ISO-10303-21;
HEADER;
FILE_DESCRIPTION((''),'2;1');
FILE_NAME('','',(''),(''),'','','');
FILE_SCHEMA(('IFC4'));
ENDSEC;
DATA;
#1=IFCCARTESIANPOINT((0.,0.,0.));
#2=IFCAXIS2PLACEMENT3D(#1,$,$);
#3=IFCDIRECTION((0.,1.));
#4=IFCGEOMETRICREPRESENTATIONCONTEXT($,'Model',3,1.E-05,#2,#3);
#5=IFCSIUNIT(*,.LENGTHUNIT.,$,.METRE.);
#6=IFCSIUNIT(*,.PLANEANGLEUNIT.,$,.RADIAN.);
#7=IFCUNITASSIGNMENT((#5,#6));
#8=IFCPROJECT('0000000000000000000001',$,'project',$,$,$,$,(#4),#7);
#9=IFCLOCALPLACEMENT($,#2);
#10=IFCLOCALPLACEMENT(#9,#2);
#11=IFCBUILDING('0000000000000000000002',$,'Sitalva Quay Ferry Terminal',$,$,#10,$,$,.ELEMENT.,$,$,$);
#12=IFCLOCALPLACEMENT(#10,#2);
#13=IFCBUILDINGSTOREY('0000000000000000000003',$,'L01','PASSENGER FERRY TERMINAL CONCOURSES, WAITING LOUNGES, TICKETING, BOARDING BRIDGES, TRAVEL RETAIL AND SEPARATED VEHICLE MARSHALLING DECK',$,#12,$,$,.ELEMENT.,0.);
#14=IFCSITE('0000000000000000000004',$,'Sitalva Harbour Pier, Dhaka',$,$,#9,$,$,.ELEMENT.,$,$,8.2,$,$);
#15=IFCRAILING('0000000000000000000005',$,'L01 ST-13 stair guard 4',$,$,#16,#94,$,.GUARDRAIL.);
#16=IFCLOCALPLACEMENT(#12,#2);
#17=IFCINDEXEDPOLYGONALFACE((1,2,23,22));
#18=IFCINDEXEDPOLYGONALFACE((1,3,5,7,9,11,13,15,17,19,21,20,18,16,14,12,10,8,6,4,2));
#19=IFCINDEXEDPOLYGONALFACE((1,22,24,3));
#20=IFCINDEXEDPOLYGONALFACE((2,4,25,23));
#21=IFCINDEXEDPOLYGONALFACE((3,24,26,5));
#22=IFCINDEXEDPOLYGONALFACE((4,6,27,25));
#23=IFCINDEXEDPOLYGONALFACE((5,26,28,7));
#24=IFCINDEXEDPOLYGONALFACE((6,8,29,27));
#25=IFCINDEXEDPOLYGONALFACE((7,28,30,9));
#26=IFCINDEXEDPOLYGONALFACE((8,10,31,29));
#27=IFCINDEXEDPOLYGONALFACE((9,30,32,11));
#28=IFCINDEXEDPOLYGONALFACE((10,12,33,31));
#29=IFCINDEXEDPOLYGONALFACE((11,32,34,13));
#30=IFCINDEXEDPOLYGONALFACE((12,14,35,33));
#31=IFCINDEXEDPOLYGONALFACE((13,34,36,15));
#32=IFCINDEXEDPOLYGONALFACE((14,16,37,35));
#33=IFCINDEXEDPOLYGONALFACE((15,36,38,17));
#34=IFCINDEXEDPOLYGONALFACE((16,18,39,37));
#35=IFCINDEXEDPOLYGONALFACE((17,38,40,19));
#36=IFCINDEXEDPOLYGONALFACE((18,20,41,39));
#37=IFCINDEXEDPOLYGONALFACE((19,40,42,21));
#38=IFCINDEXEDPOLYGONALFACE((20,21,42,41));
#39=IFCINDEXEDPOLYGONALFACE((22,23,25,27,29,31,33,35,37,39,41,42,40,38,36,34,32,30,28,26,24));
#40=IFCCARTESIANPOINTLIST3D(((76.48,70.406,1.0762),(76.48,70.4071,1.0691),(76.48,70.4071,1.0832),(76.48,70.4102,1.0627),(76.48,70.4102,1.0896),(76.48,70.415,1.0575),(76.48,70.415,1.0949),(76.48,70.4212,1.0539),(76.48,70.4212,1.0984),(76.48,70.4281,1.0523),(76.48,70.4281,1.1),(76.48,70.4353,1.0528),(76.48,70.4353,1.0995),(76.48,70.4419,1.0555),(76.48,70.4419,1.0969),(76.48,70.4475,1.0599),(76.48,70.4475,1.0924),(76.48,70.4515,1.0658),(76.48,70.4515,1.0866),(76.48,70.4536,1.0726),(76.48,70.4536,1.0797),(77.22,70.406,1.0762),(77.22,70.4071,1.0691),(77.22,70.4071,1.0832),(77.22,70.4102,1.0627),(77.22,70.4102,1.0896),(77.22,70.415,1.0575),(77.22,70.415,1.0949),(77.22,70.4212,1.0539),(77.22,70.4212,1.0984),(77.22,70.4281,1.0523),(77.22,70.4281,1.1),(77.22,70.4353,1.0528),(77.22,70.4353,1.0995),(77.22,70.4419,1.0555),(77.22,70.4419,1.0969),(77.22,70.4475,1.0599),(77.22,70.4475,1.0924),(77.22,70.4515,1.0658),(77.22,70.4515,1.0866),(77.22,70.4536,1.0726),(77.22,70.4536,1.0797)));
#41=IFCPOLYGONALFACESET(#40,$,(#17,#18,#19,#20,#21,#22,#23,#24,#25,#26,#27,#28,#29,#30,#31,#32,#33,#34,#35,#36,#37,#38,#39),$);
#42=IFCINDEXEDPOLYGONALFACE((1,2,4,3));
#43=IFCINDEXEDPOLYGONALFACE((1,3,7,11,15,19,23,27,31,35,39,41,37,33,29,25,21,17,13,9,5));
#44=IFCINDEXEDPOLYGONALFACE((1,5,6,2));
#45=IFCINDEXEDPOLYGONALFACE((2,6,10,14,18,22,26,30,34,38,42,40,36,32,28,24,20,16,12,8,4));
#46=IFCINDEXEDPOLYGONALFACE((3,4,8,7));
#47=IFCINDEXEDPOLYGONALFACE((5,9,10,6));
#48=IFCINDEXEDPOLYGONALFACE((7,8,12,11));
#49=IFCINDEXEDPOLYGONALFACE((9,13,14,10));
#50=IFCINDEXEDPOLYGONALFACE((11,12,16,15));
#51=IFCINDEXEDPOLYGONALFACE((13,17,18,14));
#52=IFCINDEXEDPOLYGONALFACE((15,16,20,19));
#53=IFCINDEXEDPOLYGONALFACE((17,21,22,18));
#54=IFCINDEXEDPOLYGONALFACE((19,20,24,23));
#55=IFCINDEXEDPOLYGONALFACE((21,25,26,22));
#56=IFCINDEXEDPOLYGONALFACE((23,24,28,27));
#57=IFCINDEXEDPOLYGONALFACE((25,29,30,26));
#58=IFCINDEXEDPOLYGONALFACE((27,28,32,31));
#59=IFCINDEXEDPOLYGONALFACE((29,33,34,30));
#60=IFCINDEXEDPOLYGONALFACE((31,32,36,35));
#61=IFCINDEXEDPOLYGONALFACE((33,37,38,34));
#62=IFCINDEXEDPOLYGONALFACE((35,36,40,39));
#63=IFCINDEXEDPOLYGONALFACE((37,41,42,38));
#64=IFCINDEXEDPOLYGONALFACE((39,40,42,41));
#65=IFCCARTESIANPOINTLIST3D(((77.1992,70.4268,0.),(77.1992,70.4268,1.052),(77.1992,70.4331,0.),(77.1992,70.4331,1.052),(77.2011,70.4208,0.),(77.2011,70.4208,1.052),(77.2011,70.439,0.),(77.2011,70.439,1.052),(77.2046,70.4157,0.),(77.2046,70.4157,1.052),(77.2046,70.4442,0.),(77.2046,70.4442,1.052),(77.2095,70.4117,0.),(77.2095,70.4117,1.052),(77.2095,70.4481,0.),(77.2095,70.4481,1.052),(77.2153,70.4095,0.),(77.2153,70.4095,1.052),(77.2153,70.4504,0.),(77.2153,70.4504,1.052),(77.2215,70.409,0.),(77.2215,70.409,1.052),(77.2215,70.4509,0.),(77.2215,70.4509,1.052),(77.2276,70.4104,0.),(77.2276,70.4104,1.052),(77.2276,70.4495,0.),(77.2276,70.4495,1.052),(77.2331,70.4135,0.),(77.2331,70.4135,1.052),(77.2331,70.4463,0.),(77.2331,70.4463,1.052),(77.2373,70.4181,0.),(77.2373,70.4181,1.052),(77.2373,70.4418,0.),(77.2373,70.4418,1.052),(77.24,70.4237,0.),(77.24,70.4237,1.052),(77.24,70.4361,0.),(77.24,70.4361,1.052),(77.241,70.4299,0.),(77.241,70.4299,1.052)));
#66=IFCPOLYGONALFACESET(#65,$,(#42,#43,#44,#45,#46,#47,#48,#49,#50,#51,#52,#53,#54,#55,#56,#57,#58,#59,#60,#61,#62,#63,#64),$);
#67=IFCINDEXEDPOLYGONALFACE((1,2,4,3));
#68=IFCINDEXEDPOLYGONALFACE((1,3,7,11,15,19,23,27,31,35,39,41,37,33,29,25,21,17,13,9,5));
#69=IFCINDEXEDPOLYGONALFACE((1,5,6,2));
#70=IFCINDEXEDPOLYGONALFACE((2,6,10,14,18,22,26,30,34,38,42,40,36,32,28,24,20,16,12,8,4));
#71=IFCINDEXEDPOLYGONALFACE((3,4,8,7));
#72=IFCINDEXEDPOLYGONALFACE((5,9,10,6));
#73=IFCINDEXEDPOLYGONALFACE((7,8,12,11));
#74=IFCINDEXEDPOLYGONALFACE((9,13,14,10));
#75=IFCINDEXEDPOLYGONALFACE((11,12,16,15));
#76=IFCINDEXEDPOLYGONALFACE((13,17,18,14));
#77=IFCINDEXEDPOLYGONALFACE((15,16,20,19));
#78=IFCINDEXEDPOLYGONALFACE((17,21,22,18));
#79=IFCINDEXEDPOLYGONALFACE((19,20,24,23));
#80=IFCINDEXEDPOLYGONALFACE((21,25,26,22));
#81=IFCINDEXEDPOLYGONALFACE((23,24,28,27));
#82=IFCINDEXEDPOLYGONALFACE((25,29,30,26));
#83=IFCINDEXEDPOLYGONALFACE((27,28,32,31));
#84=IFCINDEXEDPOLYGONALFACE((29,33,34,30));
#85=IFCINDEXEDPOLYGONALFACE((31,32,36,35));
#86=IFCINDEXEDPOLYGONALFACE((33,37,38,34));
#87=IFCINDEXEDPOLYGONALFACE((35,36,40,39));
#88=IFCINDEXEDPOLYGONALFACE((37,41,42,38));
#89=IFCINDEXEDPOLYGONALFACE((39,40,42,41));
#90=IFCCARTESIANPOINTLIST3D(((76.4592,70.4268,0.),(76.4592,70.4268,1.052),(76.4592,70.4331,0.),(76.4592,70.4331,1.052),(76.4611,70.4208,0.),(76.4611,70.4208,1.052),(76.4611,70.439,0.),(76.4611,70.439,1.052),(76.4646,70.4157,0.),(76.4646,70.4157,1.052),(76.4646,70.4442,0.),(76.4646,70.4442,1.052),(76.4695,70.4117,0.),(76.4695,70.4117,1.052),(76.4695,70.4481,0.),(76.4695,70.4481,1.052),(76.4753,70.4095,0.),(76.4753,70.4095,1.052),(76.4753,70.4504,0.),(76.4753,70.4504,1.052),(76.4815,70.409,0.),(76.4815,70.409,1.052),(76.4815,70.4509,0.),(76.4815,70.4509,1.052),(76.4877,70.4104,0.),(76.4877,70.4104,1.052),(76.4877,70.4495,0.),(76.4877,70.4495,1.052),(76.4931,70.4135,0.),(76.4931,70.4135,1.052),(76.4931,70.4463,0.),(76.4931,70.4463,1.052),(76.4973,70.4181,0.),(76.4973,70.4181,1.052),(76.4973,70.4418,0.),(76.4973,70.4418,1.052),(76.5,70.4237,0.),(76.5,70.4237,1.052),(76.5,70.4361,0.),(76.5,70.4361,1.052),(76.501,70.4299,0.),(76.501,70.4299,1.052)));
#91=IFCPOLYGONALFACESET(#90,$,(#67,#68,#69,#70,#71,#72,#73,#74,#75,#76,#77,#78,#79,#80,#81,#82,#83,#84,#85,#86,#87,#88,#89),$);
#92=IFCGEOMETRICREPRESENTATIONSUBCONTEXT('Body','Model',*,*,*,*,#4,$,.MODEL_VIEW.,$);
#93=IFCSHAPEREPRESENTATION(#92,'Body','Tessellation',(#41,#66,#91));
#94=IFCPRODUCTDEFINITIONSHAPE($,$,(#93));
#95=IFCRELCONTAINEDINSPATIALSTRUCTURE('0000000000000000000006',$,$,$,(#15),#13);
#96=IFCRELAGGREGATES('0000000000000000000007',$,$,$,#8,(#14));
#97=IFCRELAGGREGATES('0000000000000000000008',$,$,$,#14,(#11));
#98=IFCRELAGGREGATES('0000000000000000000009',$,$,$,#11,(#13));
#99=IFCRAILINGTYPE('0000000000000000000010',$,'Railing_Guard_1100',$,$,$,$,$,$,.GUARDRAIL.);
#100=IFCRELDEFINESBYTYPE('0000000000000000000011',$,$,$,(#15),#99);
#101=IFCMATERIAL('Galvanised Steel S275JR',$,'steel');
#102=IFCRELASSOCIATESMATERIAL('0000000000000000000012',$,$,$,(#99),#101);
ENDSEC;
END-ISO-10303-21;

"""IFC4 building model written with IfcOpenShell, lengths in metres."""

from ifc_helpers import new_model, si_unit, direction, frame, origin, origin_2d, place, context, subcontext, project, spatial, circle, extrude, material, type_object, element, save


model = new_model("IFC4")

# Units and contexts
model_context = context("Model", 3, precision=1e-05, world=origin(), true_north=direction((0.0, 1.0)))
body_context = subcontext(model_context, "Body", "Model", "MODEL_VIEW")
ifc_project = project(units=[si_unit("LENGTHUNIT", "METRE"), si_unit("PLANEANGLEUNIT", "RADIAN")], contexts=[model_context])

# Site, building, storey
site_placement = place(None, origin())
site = spatial("IfcSite", under=ifc_project, at=site_placement, Name="Sitalva Harbour Pier, Dhaka", CompositionType="ELEMENT", RefElevation=8.2)
building_placement = place(site_placement, origin())
building = spatial("IfcBuilding", under=site, at=building_placement, Name="Sitalva Quay Ferry Terminal", CompositionType="ELEMENT")
storey_placement = place(building_placement, origin())
storey = spatial("IfcBuildingStorey", under=building, at=storey_placement, Name="L01", Description="PASSENGER FERRY TERMINAL CONCOURSES, WAITING LOUNGES, TICKETING, BOARDING BRIDGES, TRAVEL RETAIL AND SEPARATED VEHICLE MARSHALLING DECK", CompositionType="ELEMENT", Elevation=0.0)

# Railing
ifc_material_1 = material(Name="Galvanised Steel S275JR", Category="steel")
railing_type_1 = type_object("IfcRailingType", Name="Railing_Guard_1100", PredefinedType="GUARDRAIL", material=ifc_material_1)
railing_1_placement = place(storey_placement, frame((77.22, 70.4299, 0.0)))
element("IfcRailing", 1, at=railing_1_placement, inside=storey, type_object=railing_type_1, Name="L01 ST-13 stair guard 4", PredefinedType="GUARDRAIL", context=body_context, shape_type="SweptSolid", body=[
    extrude(circle(Radius=0.0239, at=origin_2d()), frame((0.0, 0.0, 1.0762), z_axis=(-1.0, 0.0, 0.0), x_axis=(0.0, -1.0, 0.0)), (0.0, 0.0, 1.0), 0.74),
    extrude(circle(Radius=0.021, at=origin_2d()), origin(), (0.0, 0.0, 1.0), 1.052),
    extrude(circle(Radius=0.021, at=origin_2d()), frame((-0.74, 0.0, 0.0)), (0.0, 0.0, 1.0), 1.052),
])

save(model, "model.ifc")
